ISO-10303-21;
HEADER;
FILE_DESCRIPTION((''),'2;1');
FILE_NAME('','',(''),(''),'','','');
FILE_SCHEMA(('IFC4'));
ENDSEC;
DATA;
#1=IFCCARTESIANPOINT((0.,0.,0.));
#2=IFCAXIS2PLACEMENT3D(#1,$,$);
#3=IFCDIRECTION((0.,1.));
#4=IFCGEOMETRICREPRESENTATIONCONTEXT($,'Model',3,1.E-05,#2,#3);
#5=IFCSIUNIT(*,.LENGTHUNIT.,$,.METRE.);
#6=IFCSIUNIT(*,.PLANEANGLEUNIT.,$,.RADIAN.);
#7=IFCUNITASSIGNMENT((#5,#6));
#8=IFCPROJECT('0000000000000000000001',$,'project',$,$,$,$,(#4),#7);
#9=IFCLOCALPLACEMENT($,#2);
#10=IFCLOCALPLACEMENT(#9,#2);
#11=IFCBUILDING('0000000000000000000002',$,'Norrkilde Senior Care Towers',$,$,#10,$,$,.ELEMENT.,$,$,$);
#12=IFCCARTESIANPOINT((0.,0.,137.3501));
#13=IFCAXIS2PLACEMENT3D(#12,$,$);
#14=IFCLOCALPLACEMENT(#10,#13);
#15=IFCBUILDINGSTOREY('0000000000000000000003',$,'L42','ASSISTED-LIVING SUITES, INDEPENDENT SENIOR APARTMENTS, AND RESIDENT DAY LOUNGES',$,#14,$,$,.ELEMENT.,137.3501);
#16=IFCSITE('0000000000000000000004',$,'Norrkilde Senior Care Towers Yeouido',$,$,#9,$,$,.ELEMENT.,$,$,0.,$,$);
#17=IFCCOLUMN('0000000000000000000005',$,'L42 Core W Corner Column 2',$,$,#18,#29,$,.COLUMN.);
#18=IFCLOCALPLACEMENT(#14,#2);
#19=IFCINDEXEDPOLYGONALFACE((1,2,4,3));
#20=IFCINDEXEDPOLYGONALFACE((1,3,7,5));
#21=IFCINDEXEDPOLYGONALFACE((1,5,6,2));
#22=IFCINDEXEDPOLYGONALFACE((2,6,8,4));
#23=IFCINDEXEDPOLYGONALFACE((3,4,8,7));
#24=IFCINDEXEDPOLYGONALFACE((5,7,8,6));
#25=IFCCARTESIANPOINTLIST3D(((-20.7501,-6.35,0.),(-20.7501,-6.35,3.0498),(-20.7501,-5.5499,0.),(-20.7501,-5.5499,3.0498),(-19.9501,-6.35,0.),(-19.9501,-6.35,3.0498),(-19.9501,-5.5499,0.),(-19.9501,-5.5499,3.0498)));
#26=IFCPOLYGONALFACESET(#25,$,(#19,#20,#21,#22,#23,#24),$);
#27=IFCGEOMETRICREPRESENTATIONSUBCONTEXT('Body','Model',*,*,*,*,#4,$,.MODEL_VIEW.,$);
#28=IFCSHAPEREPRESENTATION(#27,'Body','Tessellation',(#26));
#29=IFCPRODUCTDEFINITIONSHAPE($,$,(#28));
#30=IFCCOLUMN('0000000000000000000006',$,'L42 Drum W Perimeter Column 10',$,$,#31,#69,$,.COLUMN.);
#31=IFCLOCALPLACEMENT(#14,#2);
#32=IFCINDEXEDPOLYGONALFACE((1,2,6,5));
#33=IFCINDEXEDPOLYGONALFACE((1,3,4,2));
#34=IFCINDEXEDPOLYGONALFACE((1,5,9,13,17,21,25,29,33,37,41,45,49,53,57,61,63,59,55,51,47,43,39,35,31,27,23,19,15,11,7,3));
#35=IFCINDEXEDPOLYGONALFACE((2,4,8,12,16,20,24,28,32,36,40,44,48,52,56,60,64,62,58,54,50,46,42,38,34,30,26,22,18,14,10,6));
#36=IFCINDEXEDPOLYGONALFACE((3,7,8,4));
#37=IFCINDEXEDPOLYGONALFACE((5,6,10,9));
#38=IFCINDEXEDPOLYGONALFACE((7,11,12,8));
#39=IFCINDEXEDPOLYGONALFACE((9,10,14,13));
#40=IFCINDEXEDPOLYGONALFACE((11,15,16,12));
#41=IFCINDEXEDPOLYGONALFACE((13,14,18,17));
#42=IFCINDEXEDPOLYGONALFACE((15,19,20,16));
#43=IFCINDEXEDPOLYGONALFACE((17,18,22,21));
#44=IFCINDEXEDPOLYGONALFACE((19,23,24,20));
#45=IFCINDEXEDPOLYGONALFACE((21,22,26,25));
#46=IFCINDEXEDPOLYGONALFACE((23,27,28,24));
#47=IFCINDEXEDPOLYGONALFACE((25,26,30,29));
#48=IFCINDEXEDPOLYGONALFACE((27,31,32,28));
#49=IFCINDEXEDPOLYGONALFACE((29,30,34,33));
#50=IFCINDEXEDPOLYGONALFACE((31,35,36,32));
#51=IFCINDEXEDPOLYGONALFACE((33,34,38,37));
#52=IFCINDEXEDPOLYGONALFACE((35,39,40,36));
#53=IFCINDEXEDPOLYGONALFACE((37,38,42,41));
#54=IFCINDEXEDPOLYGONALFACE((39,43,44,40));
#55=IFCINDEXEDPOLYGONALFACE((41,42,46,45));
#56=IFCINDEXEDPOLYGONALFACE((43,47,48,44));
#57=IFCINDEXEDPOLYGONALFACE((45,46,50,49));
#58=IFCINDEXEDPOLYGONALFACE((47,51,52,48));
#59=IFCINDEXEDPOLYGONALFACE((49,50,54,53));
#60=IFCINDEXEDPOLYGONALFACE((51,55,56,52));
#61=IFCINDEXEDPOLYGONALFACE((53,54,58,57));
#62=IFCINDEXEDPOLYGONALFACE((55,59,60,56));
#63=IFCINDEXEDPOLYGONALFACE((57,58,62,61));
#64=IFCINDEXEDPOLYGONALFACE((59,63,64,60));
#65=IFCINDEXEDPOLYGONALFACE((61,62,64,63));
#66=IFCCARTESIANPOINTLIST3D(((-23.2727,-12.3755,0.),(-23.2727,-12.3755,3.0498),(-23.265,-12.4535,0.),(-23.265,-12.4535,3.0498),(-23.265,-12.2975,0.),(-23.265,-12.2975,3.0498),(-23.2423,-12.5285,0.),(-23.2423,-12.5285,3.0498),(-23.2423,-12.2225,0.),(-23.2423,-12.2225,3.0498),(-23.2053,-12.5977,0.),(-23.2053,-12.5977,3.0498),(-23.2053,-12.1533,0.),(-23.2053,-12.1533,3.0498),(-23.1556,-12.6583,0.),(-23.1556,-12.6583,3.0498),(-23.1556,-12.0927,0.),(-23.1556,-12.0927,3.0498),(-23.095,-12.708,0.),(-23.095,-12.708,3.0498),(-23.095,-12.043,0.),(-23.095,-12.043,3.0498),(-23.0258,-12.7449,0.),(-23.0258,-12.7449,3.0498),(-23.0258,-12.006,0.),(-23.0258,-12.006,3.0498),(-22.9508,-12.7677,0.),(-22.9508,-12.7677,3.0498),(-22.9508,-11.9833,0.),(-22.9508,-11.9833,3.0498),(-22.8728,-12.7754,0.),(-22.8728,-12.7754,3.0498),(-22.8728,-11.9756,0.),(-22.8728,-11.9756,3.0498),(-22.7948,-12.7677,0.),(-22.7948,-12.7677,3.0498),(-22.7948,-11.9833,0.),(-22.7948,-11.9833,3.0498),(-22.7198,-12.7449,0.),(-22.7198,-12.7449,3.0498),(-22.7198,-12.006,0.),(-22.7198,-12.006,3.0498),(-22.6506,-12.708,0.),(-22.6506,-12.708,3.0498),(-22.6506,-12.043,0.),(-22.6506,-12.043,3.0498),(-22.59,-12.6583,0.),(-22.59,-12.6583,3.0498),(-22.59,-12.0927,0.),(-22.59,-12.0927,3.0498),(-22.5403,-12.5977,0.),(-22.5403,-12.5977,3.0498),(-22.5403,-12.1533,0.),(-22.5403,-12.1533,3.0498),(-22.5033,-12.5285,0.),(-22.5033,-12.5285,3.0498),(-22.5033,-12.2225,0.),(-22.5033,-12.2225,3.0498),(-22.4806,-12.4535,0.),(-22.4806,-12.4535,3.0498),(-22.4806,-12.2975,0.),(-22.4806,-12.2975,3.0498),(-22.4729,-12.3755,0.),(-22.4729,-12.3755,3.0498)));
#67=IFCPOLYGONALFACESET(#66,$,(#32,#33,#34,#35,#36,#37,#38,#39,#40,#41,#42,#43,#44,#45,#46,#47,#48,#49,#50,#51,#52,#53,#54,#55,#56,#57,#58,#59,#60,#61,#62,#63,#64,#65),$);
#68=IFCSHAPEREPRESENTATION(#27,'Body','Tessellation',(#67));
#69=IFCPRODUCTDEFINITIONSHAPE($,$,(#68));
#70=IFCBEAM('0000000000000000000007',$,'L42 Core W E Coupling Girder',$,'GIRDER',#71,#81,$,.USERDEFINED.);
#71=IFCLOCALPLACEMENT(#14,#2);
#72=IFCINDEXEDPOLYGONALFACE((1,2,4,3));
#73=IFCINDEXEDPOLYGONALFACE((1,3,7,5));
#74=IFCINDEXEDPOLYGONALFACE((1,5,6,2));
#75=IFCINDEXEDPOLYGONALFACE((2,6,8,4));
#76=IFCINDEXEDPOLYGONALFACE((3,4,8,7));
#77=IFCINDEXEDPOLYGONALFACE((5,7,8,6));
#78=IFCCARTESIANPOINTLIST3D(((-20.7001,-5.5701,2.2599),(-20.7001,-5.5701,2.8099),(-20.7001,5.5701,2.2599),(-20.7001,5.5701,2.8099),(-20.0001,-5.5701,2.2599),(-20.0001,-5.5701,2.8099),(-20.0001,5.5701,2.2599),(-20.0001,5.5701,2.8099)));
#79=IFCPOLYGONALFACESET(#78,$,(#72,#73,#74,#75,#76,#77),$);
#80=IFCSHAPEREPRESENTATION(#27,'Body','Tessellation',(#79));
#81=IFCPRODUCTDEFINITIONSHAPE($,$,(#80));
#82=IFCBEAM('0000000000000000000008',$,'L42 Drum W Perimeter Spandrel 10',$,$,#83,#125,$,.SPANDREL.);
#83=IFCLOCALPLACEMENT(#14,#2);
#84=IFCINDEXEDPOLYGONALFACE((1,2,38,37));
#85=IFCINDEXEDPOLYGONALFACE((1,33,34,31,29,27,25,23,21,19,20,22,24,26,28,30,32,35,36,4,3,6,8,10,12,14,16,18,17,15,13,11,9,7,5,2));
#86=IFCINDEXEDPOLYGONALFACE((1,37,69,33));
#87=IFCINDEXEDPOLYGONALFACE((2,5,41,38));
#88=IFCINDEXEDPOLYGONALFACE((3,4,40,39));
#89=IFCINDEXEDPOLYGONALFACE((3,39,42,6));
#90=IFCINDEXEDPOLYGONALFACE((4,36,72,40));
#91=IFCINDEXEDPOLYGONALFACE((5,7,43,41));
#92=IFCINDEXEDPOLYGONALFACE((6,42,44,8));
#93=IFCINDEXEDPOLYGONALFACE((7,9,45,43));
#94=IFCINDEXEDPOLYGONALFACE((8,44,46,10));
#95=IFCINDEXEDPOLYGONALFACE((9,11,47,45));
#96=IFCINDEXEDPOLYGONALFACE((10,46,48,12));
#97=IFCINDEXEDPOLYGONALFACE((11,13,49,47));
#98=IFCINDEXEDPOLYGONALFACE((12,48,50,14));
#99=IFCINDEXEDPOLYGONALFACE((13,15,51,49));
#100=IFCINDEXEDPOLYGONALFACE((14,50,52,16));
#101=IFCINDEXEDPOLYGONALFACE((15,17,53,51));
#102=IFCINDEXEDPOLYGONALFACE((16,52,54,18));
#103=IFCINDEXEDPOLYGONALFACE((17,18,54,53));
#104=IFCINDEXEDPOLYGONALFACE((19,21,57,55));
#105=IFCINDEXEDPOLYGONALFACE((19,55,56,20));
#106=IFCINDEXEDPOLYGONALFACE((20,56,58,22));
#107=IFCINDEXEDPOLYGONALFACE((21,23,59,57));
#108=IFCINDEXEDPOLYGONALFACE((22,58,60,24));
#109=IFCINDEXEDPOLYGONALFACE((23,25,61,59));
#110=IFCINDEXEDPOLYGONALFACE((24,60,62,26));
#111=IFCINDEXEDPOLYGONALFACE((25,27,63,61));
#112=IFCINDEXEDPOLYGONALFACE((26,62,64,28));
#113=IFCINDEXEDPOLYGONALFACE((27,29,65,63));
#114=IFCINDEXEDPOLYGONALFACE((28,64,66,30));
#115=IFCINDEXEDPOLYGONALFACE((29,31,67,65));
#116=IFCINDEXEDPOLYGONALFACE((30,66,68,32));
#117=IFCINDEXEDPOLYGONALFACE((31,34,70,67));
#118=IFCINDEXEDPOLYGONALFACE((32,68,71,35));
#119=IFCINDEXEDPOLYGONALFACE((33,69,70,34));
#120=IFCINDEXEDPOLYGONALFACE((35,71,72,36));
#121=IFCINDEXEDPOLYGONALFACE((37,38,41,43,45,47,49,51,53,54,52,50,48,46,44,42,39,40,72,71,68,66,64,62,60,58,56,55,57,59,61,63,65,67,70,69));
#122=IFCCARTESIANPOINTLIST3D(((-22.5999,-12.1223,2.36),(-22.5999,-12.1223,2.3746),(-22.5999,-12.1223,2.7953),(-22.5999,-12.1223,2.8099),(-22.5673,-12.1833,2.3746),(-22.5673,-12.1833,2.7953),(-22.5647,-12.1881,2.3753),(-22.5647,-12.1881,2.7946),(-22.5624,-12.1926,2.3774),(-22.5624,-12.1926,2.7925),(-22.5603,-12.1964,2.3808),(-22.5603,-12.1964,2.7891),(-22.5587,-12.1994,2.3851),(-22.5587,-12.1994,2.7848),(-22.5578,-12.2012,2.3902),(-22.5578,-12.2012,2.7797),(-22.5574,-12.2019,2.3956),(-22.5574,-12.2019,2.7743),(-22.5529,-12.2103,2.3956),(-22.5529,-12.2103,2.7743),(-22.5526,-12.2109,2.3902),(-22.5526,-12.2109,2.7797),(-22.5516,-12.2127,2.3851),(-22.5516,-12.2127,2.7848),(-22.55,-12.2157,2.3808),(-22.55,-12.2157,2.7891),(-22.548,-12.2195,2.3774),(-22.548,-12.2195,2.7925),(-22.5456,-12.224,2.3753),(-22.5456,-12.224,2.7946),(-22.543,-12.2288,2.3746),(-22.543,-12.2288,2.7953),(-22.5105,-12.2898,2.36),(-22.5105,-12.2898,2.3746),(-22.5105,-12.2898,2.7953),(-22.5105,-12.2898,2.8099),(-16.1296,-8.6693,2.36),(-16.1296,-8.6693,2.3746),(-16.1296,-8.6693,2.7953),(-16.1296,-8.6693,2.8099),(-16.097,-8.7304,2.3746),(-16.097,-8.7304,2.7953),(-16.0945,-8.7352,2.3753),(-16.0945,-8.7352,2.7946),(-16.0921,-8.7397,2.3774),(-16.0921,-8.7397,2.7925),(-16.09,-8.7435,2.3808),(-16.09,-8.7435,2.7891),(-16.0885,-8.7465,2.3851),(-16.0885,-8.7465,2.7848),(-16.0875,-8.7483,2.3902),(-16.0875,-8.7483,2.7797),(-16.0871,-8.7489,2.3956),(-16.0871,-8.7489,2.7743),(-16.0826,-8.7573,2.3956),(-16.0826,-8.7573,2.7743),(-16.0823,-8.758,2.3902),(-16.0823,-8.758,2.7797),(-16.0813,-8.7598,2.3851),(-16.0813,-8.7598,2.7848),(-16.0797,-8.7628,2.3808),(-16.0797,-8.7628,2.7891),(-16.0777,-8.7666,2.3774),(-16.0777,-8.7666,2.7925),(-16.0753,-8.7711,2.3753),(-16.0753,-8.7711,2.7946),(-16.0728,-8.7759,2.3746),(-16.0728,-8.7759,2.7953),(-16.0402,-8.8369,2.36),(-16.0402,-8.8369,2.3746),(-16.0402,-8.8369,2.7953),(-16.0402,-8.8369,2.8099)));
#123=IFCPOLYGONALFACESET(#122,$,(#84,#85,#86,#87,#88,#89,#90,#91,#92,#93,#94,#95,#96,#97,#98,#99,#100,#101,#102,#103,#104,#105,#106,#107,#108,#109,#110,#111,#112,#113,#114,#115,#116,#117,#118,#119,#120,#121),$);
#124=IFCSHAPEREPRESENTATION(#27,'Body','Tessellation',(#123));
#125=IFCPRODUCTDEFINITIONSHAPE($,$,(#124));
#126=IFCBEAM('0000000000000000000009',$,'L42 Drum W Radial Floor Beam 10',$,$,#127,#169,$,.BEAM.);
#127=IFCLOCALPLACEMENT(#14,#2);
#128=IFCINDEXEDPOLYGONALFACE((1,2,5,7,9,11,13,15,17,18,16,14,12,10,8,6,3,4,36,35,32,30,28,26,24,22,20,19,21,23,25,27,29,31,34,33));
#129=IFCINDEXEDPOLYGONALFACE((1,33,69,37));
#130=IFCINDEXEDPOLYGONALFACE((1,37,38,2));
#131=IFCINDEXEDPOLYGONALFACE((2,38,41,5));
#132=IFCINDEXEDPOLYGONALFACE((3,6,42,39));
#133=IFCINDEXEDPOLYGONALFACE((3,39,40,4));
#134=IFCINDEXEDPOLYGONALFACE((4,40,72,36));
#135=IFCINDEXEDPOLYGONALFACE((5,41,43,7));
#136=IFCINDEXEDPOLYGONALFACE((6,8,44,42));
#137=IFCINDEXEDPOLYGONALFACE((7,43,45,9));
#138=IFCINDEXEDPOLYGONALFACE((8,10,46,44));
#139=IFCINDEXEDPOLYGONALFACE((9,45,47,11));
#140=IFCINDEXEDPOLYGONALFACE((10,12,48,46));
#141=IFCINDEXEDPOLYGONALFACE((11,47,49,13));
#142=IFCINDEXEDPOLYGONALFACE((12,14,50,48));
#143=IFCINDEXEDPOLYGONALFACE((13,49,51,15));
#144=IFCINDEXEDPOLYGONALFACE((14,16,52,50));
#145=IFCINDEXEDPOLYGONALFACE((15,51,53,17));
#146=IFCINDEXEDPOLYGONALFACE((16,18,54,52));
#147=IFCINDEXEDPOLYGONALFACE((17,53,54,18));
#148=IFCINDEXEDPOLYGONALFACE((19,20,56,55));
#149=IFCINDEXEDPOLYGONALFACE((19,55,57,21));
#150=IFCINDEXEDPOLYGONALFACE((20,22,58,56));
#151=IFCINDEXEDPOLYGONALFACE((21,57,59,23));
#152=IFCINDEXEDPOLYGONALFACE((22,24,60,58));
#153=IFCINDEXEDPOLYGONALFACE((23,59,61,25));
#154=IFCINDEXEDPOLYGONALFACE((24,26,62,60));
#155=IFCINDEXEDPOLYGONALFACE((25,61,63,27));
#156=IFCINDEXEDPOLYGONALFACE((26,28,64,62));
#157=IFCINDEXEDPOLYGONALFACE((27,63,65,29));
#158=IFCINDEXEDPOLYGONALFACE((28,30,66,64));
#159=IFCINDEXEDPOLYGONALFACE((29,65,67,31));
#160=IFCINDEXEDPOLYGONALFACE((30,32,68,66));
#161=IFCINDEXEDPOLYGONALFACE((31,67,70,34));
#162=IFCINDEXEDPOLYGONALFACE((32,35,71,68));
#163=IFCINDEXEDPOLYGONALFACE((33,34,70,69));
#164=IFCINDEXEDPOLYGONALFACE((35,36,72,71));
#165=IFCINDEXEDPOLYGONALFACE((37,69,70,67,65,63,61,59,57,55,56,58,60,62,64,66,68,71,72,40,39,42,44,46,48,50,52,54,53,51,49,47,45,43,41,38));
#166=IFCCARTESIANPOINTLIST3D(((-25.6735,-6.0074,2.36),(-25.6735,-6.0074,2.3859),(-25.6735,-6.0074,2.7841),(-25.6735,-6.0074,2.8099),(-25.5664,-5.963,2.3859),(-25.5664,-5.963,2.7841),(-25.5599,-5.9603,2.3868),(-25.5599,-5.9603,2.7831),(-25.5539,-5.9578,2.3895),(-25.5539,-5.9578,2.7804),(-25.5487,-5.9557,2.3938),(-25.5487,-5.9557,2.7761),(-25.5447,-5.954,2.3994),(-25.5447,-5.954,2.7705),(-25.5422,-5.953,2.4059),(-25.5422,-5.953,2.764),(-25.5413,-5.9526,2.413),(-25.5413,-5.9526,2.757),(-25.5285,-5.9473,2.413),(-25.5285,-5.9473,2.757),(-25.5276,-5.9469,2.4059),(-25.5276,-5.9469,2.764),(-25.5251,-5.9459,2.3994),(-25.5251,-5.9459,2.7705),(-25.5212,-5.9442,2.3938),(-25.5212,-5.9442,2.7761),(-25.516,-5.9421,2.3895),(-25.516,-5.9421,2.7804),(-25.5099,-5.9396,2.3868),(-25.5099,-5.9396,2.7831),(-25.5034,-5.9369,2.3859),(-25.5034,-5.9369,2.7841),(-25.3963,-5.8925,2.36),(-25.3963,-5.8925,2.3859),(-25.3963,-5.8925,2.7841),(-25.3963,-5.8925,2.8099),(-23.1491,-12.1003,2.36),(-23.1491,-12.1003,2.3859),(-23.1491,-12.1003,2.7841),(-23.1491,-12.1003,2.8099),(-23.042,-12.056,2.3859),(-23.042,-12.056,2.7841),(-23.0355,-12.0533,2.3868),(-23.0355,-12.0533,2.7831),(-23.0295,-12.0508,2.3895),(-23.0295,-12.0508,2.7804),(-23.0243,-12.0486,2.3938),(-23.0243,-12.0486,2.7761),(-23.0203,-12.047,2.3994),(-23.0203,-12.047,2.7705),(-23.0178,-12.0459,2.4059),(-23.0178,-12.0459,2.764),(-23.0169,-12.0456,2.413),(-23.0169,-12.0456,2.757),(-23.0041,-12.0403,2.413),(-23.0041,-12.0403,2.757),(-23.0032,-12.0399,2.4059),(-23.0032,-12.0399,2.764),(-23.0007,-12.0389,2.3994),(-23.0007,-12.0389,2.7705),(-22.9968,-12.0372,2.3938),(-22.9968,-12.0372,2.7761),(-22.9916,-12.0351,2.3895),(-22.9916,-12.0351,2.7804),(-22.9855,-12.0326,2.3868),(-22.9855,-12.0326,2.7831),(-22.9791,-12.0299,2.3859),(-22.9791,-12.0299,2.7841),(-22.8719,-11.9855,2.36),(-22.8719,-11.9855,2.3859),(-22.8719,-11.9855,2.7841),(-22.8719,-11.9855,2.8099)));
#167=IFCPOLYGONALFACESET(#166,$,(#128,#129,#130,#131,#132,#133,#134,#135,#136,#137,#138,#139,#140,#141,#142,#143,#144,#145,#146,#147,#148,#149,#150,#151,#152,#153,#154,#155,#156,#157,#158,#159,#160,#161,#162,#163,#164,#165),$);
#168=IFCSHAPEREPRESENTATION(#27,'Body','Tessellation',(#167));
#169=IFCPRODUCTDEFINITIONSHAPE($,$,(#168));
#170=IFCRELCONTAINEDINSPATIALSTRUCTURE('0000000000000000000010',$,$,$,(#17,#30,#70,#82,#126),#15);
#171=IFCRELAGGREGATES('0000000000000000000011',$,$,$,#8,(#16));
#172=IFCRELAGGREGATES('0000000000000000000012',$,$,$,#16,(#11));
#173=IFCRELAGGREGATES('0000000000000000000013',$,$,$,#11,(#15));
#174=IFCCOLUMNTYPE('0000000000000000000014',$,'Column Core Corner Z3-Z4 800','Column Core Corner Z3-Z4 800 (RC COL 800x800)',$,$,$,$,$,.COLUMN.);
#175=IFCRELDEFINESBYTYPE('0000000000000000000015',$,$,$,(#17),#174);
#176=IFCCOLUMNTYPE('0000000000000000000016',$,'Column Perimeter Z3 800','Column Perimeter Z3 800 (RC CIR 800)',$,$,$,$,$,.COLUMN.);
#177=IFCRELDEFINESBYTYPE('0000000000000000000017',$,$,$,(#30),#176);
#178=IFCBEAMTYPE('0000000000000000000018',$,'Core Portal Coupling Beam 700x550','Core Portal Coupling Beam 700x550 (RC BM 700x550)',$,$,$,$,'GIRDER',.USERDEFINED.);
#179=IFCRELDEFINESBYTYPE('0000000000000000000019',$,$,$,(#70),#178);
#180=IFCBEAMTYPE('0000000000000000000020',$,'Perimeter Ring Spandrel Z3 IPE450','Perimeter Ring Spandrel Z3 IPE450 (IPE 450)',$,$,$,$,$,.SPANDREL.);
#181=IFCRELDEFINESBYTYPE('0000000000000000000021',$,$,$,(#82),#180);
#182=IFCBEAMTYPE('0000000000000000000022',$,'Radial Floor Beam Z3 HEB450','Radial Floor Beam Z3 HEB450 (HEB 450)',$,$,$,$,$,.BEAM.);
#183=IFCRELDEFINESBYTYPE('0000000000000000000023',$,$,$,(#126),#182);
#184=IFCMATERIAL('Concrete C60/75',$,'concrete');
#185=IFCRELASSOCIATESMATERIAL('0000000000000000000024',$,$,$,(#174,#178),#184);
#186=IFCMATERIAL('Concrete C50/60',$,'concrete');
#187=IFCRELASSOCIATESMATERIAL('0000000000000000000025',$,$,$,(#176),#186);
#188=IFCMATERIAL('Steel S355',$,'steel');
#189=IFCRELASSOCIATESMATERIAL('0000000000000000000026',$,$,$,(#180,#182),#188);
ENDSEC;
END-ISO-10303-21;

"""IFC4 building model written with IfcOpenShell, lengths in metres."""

from ifc_helpers import new_model, si_unit, direction, frame, origin, origin_2d, place, context, subcontext, project, spatial, rectangle, circle, i_section, extrude, source, transform, mapped, material, material_profile, profile_set, type_object, type_shapes, element, save


model = new_model("IFC4")

# Units and contexts
model_context = context("Model", 3, precision=1e-05, world=origin(), true_north=direction((0.0, 1.0)))
body_context = subcontext(model_context, "Body", "Model", "MODEL_VIEW")
ifc_project = project(units=[si_unit("LENGTHUNIT", "METRE"), si_unit("PLANEANGLEUNIT", "RADIAN")], contexts=[model_context])

# Site, building, storey
site_placement = place(None, origin())
site = spatial("IfcSite", under=ifc_project, at=site_placement, Name="Norrkilde Senior Care Towers Yeouido", CompositionType="ELEMENT", RefElevation=0.0)
building_placement = place(site_placement, origin())
building = spatial("IfcBuilding", under=site, at=building_placement, Name="Norrkilde Senior Care Towers", CompositionType="ELEMENT")
storey_placement = place(building_placement, frame((0.0, 0.0, 137.3501)))
storey = spatial("IfcBuildingStorey", under=building, at=storey_placement, Name="L42", Description="ASSISTED-LIVING SUITES, INDEPENDENT SENIOR APARTMENTS, AND RESIDENT DAY LOUNGES", CompositionType="ELEMENT", Elevation=137.3501)

# Columns
ifc_material_1 = material(Name="Concrete C60/75", Category="concrete")
ifc_material_profile_1 = material_profile(ifc_material_1, rectangle(XDim=0.8, YDim=0.8, at=origin_2d()), Name="RC COL 800x800")
ifc_profile_set_1 = profile_set([ifc_material_profile_1], Name="Concrete C60/75")
column_type_1 = type_object("IfcColumnType", Name="Column Core Corner Z3-Z4 800", Description="Column Core Corner Z3-Z4 800 (RC COL 800x800)", PredefinedType="COLUMN", material=ifc_profile_set_1)
shared_shape_1 = source(origin(), body_context, "Body", "SweptSolid", [
    extrude(rectangle(XDim=0.8, YDim=0.8, at=origin_2d()), origin(), (0.0, 0.0, 1.0), 3.0498),
])
type_shapes(column_type_1, [shared_shape_1])
column_1_placement = place(storey_placement, frame((-20.3501, -5.95, 0.0), z_axis=(0.0, 0.0, 1.0), x_axis=(1.0, 0.0, 0.0)))
element("IfcColumn", 1, at=column_1_placement, inside=storey, type_object=column_type_1, Name="L42 Core W Corner Column 2", PredefinedType="COLUMN", context=body_context, shape_type="MappedRepresentation", body=[
    mapped(shared_shape_1, transform((0.0, 0.0, 0.0), x_axis=(1.0, 0.0, 0.0), y_axis=(0.0, 1.0, 0.0), z_axis=(0.0, 0.0, 1.0), scale=1.0)),
])
ifc_material_2 = material(Name="Concrete C50/60", Category="concrete")
ifc_material_profile_2 = material_profile(ifc_material_2, circle(Radius=0.3999, at=origin_2d()), Name="RC CIR 800")
ifc_profile_set_2 = profile_set([ifc_material_profile_2], Name="Concrete C50/60")
column_type_2 = type_object("IfcColumnType", Name="Column Perimeter Z3 800", Description="Column Perimeter Z3 800 (RC CIR 800)", PredefinedType="COLUMN", material=ifc_profile_set_2)
shared_shape_2 = source(origin(), body_context, "Body", "SweptSolid", [
    extrude(circle(Radius=0.3999, at=origin_2d()), origin(), (0.0, 0.0, 1.0), 3.0498),
])
type_shapes(column_type_2, [shared_shape_2])
column_2_placement = place(storey_placement, frame((-22.8728, -12.3755, 0.0), z_axis=(0.0, 0.0, 1.0), x_axis=(1.0, 0.0, 0.0)))
element("IfcColumn", 2, at=column_2_placement, inside=storey, type_object=column_type_2, Name="L42 Drum W Perimeter Column 10", PredefinedType="COLUMN", context=body_context, shape_type="MappedRepresentation", body=[
    mapped(shared_shape_2, transform((0.0, 0.0, 0.0), x_axis=(1.0, 0.0, 0.0), y_axis=(0.0, 1.0, 0.0), z_axis=(0.0, 0.0, 1.0), scale=1.0)),
])

# Beams
ifc_material_profile_3 = material_profile(ifc_material_1, rectangle(XDim=0.7, YDim=0.55, at=origin_2d()), Name="RC BM 700x550")
ifc_profile_set_3 = profile_set([ifc_material_profile_3], Name="Concrete C60/75")
beam_type_1 = type_object("IfcBeamType", Name="Core Portal Coupling Beam 700x550", Description="Core Portal Coupling Beam 700x550 (RC BM 700x550)", ElementType="GIRDER", PredefinedType="USERDEFINED", material=ifc_profile_set_3)
shared_shape_3 = source(origin(), body_context, "Body", "SweptSolid", [
    extrude(rectangle(XDim=0.7, YDim=0.55, at=origin_2d()), origin(), (0.0, 0.0, 1.0), 11.1401),
])
type_shapes(beam_type_1, [shared_shape_3])
beam_1_placement = place(storey_placement, frame((-20.3501, -5.5701, 2.5349), z_axis=(0.0, 1.0, 0.0), x_axis=(-1.0, 0.0, 0.0)))
element("IfcBeam", 3, at=beam_1_placement, inside=storey, type_object=beam_type_1, Name="L42 Core W E Coupling Girder", ObjectType="GIRDER", PredefinedType="USERDEFINED", context=body_context, shape_type="MappedRepresentation", body=[
    mapped(shared_shape_3, transform((0.0, 0.0, 0.0), x_axis=(1.0, 0.0, 0.0), y_axis=(0.0, 1.0, 0.0), z_axis=(0.0, 0.0, 1.0), scale=1.0)),
])
ifc_material_3 = material(Name="Steel S355", Category="steel")
ifc_material_profile_4 = material_profile(ifc_material_3, i_section(OverallWidth=0.1899, OverallDepth=0.45, WebThickness=0.0095, FlangeThickness=0.0146, FilletRadius=0.021, at=origin_2d()), Name="IPE 450")
ifc_profile_set_4 = profile_set([ifc_material_profile_4], Name="Steel S355")
beam_type_2 = type_object("IfcBeamType", Name="Perimeter Ring Spandrel Z3 IPE450", Description="Perimeter Ring Spandrel Z3 IPE450 (IPE 450)", PredefinedType="SPANDREL", material=ifc_profile_set_4)
shared_shape_4 = source(origin(), body_context, "Body", "SweptSolid", [
    extrude(i_section(OverallWidth=0.1899, OverallDepth=0.45, WebThickness=0.0095, FlangeThickness=0.0146, FilletRadius=0.021, at=origin_2d()), origin(), (0.0, 0.0, 1.0), 7.334),
])
type_shapes(beam_type_2, [shared_shape_4])
beam_2_placement = place(storey_placement, frame((-22.5552, -12.2061, 2.585), z_axis=(0.882234, 0.470811, 0.0), x_axis=(-0.470811, 0.882234, 0.0)))
element("IfcBeam", 4, at=beam_2_placement, inside=storey, type_object=beam_type_2, Name="L42 Drum W Perimeter Spandrel 10", PredefinedType="SPANDREL", context=body_context, shape_type="MappedRepresentation", body=[
    mapped(shared_shape_4, transform((0.0, 0.0, 0.0), x_axis=(1.0, 0.0, 0.0), y_axis=(0.0, 1.0, 0.0), z_axis=(0.0, 0.0, 1.0), scale=1.0)),
])
ifc_material_profile_5 = material_profile(ifc_material_3, i_section(OverallWidth=0.3, OverallDepth=0.45, WebThickness=0.0139, FlangeThickness=0.0259, FilletRadius=0.0271, at=origin_2d()), Name="HEB 450")
ifc_profile_set_5 = profile_set([ifc_material_profile_5], Name="Steel S355")
beam_type_3 = type_object("IfcBeamType", Name="Radial Floor Beam Z3 HEB450", Description="Radial Floor Beam Z3 HEB450 (HEB 450)", PredefinedType="BEAM", material=ifc_profile_set_5)
shared_shape_5 = source(origin(), body_context, "Body", "SweptSolid", [
    extrude(i_section(OverallWidth=0.3, OverallDepth=0.45, WebThickness=0.0139, FlangeThickness=0.0259, FilletRadius=0.0271, at=origin_2d()), origin(), (0.0, 0.0, 1.0), 6.5952),
])
type_shapes(beam_type_3, [shared_shape_5])
beam_3_placement = place(storey_placement, frame((-25.5349, -5.95, 2.585), z_axis=(0.382762, -0.923847, 0.0), x_axis=(0.923847, 0.382762, 0.0)))
element("IfcBeam", 5, at=beam_3_placement, inside=storey, type_object=beam_type_3, Name="L42 Drum W Radial Floor Beam 10", PredefinedType="BEAM", context=body_context, shape_type="MappedRepresentation", body=[
    mapped(shared_shape_5, transform((0.0, 0.0, 0.0), x_axis=(1.0, 0.0, 0.0), y_axis=(0.0, 1.0, 0.0), z_axis=(0.0, 0.0, 1.0), scale=1.0)),
])

save(model, "model.ifc")
